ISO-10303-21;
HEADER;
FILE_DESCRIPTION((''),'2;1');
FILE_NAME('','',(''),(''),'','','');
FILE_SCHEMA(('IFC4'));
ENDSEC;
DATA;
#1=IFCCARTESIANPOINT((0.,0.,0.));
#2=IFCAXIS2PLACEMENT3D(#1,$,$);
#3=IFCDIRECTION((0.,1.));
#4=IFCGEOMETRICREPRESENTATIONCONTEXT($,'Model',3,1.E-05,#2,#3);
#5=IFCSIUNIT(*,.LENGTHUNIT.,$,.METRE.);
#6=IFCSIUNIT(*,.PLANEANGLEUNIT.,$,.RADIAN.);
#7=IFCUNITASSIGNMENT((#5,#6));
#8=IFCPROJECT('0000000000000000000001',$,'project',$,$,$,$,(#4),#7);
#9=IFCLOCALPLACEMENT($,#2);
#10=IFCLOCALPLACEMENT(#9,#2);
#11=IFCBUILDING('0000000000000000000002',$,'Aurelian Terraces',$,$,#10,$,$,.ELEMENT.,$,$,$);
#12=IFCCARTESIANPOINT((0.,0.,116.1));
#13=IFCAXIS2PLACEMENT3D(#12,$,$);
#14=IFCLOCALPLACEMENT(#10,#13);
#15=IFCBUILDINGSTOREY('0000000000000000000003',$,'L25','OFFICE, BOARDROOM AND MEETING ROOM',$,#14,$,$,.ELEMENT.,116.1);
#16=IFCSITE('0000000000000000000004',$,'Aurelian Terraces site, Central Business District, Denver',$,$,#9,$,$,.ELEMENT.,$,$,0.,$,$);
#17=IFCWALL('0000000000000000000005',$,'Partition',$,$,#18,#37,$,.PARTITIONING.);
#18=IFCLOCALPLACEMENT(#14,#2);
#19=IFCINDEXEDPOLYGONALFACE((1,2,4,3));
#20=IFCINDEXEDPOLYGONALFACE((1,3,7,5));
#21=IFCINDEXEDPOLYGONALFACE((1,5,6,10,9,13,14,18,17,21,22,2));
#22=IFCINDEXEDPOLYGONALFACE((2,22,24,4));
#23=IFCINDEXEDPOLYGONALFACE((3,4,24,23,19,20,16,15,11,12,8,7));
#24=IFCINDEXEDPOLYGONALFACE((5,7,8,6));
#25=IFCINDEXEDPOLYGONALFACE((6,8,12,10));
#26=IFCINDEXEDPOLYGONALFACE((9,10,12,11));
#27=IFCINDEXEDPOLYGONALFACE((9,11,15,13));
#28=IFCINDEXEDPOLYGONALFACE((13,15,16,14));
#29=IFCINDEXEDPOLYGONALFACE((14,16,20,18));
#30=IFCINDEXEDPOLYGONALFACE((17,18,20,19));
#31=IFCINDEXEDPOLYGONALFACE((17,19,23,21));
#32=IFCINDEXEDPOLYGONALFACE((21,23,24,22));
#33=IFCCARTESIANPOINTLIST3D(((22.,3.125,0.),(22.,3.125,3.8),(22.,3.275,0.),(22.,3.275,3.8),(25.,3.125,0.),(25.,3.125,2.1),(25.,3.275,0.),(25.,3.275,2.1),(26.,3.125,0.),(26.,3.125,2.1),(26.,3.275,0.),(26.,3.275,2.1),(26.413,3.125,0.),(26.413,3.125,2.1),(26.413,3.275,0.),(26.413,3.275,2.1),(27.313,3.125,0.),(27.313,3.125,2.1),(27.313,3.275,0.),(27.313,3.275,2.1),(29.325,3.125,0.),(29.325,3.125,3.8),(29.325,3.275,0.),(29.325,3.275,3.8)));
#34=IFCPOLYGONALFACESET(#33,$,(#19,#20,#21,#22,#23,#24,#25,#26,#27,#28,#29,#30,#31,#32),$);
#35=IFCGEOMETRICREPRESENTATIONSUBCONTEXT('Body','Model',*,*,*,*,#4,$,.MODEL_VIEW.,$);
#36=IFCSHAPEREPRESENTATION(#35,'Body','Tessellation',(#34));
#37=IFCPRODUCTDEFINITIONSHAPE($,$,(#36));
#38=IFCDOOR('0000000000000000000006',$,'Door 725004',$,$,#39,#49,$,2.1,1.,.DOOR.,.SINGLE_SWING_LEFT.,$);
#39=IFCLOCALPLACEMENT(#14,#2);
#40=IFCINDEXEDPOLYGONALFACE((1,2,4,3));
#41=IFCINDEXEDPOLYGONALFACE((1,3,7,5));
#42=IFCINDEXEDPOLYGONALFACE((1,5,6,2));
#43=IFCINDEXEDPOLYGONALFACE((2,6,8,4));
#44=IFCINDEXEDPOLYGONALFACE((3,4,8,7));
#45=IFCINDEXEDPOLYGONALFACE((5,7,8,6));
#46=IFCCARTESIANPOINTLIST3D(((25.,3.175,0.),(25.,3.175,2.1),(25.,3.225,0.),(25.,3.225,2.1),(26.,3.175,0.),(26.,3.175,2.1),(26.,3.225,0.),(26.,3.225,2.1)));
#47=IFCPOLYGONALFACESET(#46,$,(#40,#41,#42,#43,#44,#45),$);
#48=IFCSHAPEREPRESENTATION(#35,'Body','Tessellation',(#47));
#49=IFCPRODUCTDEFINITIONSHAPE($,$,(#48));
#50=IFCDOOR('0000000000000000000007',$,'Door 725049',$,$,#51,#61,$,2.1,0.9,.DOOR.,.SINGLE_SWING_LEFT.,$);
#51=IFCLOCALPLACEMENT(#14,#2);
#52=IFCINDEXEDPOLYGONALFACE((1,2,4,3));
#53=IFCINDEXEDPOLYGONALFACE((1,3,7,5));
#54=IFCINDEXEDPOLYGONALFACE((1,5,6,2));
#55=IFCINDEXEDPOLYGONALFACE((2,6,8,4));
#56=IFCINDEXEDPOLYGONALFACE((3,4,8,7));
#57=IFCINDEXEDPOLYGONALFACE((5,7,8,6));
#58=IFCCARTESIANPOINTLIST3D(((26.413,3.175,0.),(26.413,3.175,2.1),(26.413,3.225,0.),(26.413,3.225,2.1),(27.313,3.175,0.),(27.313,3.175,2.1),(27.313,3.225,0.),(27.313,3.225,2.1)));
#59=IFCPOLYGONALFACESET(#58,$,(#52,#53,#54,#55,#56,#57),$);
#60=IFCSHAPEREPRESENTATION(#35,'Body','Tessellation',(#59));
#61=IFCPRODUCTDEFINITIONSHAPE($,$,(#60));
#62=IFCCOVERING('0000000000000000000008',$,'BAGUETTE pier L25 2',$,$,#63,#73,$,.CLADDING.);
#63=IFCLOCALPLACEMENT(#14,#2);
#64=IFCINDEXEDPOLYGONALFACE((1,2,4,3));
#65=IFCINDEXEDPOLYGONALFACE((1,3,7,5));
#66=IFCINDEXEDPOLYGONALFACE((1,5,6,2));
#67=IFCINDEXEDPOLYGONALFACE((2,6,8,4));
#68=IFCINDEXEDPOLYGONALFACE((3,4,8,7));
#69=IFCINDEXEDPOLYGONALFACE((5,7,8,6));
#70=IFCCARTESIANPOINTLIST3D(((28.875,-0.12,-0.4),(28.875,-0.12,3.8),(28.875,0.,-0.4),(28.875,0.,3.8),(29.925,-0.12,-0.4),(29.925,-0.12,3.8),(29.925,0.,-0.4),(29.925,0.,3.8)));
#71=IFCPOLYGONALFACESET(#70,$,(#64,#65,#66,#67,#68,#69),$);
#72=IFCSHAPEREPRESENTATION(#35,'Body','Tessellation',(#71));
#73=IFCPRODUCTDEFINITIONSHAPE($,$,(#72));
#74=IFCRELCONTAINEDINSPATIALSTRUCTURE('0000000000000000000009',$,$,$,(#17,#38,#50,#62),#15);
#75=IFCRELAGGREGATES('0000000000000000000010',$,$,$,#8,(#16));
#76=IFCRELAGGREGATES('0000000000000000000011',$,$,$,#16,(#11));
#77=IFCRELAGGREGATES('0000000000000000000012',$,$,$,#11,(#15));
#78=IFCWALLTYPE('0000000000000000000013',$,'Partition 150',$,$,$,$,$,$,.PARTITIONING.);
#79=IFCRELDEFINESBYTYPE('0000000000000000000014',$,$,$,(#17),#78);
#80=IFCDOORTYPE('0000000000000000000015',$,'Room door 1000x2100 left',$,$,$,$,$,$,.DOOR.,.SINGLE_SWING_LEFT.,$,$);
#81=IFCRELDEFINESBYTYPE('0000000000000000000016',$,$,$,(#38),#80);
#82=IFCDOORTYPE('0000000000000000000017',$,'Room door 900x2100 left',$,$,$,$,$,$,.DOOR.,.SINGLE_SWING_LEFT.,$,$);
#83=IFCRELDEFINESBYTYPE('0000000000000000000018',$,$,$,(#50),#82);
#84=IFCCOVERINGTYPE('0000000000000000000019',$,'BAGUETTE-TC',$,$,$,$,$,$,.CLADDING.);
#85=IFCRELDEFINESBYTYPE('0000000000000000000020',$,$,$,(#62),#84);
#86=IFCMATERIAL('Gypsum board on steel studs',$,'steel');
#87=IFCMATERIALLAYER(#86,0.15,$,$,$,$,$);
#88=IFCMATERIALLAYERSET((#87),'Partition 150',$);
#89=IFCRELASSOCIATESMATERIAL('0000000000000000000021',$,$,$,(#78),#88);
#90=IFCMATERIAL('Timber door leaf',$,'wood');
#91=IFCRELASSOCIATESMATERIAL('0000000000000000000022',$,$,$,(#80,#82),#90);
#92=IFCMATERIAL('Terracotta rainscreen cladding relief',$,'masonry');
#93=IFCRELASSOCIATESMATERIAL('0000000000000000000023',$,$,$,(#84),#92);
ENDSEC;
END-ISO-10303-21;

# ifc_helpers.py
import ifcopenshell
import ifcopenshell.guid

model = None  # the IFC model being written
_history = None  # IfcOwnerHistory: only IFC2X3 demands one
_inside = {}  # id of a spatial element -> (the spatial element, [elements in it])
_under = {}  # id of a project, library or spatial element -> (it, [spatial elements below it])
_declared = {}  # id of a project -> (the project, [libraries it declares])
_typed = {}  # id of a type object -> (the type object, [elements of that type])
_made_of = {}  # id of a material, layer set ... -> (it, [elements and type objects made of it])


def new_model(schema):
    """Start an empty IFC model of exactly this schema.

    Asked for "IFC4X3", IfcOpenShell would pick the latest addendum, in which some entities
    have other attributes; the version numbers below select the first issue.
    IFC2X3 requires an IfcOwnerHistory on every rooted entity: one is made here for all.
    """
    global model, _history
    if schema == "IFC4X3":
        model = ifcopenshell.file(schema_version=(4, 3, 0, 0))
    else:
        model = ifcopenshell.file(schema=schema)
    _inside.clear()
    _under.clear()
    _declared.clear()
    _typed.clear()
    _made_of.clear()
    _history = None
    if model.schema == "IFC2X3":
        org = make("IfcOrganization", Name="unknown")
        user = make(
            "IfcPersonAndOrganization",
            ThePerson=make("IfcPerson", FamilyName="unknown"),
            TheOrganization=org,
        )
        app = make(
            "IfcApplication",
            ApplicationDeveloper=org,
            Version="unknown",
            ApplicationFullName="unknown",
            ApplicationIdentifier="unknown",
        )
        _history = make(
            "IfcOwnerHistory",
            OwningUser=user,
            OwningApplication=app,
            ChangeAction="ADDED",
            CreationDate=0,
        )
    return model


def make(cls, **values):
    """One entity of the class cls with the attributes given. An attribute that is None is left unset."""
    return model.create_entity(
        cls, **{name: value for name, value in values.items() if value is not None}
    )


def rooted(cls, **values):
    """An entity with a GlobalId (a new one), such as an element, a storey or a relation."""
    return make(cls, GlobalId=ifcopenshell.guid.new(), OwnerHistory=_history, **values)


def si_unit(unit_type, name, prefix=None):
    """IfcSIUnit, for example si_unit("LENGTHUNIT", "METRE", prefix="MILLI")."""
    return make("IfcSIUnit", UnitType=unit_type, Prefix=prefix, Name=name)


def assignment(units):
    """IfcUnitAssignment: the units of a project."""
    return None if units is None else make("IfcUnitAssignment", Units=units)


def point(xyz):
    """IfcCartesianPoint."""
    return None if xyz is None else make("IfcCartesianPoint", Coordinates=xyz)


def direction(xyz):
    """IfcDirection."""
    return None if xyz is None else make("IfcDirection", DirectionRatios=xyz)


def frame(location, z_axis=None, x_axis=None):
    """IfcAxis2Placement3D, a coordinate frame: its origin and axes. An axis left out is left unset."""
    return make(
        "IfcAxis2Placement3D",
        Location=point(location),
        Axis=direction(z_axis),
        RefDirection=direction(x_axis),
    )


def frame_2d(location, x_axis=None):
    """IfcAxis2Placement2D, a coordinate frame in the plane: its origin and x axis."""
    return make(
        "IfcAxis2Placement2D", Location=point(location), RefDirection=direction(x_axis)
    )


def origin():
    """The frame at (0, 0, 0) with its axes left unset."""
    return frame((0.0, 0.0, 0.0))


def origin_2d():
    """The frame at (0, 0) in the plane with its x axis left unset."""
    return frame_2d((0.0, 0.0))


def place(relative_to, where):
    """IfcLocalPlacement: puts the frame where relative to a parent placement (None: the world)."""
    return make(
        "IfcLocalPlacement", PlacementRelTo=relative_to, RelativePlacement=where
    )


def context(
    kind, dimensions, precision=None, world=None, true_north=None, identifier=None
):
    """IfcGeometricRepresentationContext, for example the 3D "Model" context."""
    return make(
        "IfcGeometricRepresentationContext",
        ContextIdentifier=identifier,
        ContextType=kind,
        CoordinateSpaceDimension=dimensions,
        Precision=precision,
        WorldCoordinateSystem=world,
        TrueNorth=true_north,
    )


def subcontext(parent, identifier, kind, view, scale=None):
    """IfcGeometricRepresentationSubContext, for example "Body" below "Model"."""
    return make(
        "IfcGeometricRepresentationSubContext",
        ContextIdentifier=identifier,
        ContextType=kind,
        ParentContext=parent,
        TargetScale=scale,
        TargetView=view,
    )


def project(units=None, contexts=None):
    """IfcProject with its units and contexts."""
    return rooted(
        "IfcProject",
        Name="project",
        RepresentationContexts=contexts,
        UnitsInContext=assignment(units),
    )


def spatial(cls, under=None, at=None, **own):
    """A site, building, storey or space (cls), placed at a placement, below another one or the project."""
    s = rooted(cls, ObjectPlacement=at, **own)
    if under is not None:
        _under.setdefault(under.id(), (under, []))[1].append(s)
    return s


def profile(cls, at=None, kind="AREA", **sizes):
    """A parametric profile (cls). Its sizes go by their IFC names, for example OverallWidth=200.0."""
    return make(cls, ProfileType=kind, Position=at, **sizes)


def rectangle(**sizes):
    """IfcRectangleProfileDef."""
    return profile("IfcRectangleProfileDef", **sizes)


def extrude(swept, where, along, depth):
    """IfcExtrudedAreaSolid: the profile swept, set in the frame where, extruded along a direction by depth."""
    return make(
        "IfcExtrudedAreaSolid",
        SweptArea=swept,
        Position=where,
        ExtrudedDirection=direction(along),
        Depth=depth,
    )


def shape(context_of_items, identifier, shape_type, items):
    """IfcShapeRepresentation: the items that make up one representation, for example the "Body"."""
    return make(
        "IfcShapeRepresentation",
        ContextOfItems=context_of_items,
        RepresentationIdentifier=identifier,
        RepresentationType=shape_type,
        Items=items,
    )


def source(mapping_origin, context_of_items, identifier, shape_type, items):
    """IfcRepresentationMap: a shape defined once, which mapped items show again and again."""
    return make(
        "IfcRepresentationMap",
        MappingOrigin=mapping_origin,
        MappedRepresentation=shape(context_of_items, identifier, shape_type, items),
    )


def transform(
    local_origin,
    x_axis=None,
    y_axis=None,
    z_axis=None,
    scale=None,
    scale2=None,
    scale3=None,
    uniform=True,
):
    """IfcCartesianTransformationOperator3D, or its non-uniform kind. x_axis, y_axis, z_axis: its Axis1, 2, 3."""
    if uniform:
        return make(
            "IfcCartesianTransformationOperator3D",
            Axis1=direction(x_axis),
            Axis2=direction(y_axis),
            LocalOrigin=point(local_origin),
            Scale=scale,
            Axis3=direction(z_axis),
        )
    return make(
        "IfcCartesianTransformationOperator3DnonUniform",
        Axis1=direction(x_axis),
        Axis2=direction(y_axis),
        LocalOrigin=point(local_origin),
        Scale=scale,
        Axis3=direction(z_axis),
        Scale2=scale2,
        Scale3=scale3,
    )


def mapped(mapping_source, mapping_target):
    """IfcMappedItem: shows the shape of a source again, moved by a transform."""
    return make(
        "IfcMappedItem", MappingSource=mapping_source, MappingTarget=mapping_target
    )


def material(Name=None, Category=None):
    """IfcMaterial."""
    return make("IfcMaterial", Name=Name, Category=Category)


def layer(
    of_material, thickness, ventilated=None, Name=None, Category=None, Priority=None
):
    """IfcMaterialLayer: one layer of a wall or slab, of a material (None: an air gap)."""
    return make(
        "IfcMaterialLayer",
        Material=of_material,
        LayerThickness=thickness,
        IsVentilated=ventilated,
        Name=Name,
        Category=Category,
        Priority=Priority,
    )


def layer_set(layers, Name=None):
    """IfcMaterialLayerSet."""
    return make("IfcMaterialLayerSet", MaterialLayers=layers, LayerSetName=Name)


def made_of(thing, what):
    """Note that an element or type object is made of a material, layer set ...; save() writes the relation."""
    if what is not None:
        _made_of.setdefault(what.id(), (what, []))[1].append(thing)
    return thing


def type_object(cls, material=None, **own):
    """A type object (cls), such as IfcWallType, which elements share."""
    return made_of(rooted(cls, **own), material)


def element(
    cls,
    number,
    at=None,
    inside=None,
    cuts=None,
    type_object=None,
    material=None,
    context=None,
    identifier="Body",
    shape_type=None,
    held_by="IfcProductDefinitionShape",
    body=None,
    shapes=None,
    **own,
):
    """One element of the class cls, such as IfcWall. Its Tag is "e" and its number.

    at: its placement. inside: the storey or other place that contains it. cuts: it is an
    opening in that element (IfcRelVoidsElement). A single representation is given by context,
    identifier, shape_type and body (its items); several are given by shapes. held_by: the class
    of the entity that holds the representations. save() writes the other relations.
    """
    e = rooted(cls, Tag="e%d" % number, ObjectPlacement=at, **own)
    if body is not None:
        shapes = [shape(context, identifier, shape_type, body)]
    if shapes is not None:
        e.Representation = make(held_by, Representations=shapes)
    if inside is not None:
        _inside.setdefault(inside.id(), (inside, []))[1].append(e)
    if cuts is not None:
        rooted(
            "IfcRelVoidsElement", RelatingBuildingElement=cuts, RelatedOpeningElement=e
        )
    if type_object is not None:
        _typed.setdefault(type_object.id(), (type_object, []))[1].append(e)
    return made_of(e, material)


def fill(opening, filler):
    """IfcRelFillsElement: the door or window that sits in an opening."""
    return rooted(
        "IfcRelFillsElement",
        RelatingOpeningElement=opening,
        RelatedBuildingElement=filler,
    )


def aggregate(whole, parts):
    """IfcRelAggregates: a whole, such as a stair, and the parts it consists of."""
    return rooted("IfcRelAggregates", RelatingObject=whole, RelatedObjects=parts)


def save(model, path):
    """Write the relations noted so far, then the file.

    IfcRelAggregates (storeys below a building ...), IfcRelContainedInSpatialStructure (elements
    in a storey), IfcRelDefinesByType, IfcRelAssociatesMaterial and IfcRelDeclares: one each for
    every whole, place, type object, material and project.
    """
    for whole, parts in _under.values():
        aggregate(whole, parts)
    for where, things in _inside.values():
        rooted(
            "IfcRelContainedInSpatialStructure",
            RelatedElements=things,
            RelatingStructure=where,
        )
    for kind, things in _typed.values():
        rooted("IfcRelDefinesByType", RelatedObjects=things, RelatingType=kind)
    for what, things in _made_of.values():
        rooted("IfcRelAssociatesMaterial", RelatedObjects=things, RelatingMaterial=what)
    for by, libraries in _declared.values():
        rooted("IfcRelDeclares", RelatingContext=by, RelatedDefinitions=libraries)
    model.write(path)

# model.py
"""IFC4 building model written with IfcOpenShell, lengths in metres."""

from ifc_helpers import new_model, si_unit, direction, frame, frame_2d, origin, origin_2d, place, context, subcontext, project, spatial, rectangle, extrude, source, transform, mapped, material, layer, layer_set, type_object, element, fill, save


model = new_model("IFC4")

# Units and contexts
model_context = context("Model", 3, precision=1e-05, world=origin(), true_north=direction((0.0, 1.0)))
body_context = subcontext(model_context, "Body", "Model", "MODEL_VIEW")
ifc_project = project(units=[si_unit("LENGTHUNIT", "METRE"), si_unit("PLANEANGLEUNIT", "RADIAN")], contexts=[model_context])

# Site, building, storey
site_placement = place(None, origin())
site = spatial("IfcSite", under=ifc_project, at=site_placement, Name="Aurelian Terraces site, Central Business District, Denver", CompositionType="ELEMENT", RefElevation=0.0)
building_placement = place(site_placement, origin())
building = spatial("IfcBuilding", under=site, at=building_placement, Name="Aurelian Terraces", CompositionType="ELEMENT")
storey_placement = place(building_placement, frame((0.0, 0.0, 116.1)))
storey = spatial("IfcBuildingStorey", under=building, at=storey_placement, Name="L25", Description="OFFICE, BOARDROOM AND MEETING ROOM", CompositionType="ELEMENT", Elevation=116.1)

# Shared definitions
ifc_material_1 = material(Name="Gypsum board on steel studs", Category="steel")
ifc_layer_1 = layer(ifc_material_1, 0.15)
ifc_layer_set_1 = layer_set([ifc_layer_1], Name="Partition 150")
wall_type_1 = type_object("IfcWallType", Name="Partition 150", PredefinedType="PARTITIONING", material=ifc_layer_set_1)

# Shared definitions
ifc_material_2 = material(Name="Timber door leaf", Category="wood")
door_type_1 = type_object("IfcDoorType", Name="Room door 1000x2100 left", OperationType="SINGLE_SWING_LEFT", PredefinedType="DOOR", material=ifc_material_2)
shared_shape_1 = source(origin(), body_context, "Body", "SweptSolid", [
    extrude(rectangle(XDim=1.0, YDim=2.1, at=frame_2d((0.5, 1.05))), frame((0.0, 0.025, 0.0), z_axis=(0.0, -1.0, 0.0), x_axis=(1.0, 0.0, 0.0)), (0.0, 0.0, 1.0), 0.05),
])

# Wall, openings, doors
shared_shape_2 = source(origin(), body_context, "Body", "SweptSolid", [
    extrude(rectangle(XDim=7.325, YDim=0.15, at=frame_2d((3.6625, 0.0))), origin(), (0.0, 0.0, 1.0), 3.8),
])
wall_1_placement = place(storey_placement, frame((22.0, 3.2, 0.0), z_axis=(0.0, 0.0, 1.0), x_axis=(1.0, 0.0, 0.0)))
wall_1 = element("IfcWall", 1, at=wall_1_placement, inside=storey, type_object=wall_type_1, Name="Partition", PredefinedType="PARTITIONING", context=body_context, shape_type="MappedRepresentation", body=[
    mapped(shared_shape_2, transform((0.0, 0.0, 0.0), scale=1.0)),
])
shared_shape_3 = source(origin(), body_context, "Body", "SweptSolid", [
    extrude(rectangle(XDim=1.0, YDim=2.1, at=frame_2d((0.5, 1.05))), frame((0.0, 0.085, 0.0), z_axis=(0.0, -1.0, 0.0), x_axis=(1.0, 0.0, 0.0)), (0.0, 0.0, 1.0), 0.17),
])
opening_1_placement = place(wall_1_placement, frame((3.0, 0.0, 0.0)))
opening_1 = element("IfcOpeningElement", 2, at=opening_1_placement, cuts=wall_1, PredefinedType="OPENING", context=body_context, shape_type="MappedRepresentation", body=[
    mapped(shared_shape_3, transform((0.0, 0.0, 0.0), scale=1.0)),
])
shared_shape_4 = source(origin(), body_context, "Body", "SweptSolid", [
    extrude(rectangle(XDim=0.9, YDim=2.1, at=frame_2d((0.45, 1.05))), frame((0.0, 0.085, 0.0), z_axis=(0.0, -1.0, 0.0), x_axis=(1.0, 0.0, 0.0)), (0.0, 0.0, 1.0), 0.17),
])
opening_2_placement = place(wall_1_placement, frame((4.413, 0.0, 0.0)))
opening_2 = element("IfcOpeningElement", 3, at=opening_2_placement, cuts=wall_1, PredefinedType="OPENING", context=body_context, shape_type="MappedRepresentation", body=[
    mapped(shared_shape_4, transform((0.0, 0.0, 0.0), scale=1.0)),
])
door_1_placement = place(opening_1_placement, origin())
door_1 = element("IfcDoor", 4, at=door_1_placement, inside=storey, type_object=door_type_1, Name="Door 725004", OperationType="SINGLE_SWING_LEFT", OverallHeight=2.1, OverallWidth=1.0, PredefinedType="DOOR", context=body_context, shape_type="MappedRepresentation", body=[
    mapped(shared_shape_1, transform((0.0, 0.0, 0.0), scale=1.0)),
])
fill(opening_1, door_1)
door_type_2 = type_object("IfcDoorType", Name="Room door 900x2100 left", OperationType="SINGLE_SWING_LEFT", PredefinedType="DOOR", material=ifc_material_2)
shared_shape_5 = source(origin(), body_context, "Body", "SweptSolid", [
    extrude(rectangle(XDim=0.9, YDim=2.1, at=frame_2d((0.45, 1.05))), frame((0.0, 0.025, 0.0), z_axis=(0.0, -1.0, 0.0), x_axis=(1.0, 0.0, 0.0)), (0.0, 0.0, 1.0), 0.05),
])
door_2_placement = place(opening_2_placement, origin())
door_2 = element("IfcDoor", 5, at=door_2_placement, inside=storey, type_object=door_type_2, Name="Door 725049", OperationType="SINGLE_SWING_LEFT", OverallHeight=2.1, OverallWidth=0.9, PredefinedType="DOOR", context=body_context, shape_type="MappedRepresentation", body=[
    mapped(shared_shape_5, transform((0.0, 0.0, 0.0), scale=1.0)),
])
fill(opening_2, door_2)

# Covering
ifc_material_3 = material(Name="Terracotta rainscreen cladding relief", Category="masonry")
covering_type = type_object("IfcCoveringType", Name="BAGUETTE-TC", PredefinedType="CLADDING", material=ifc_material_3)
shared_shape_6 = source(origin(), body_context, "Body", "SweptSolid", [
    extrude(rectangle(XDim=1.05, YDim=0.12, at=origin_2d()), origin(), (0.0, 0.0, 1.0), 4.2),
])
covering_placement = place(storey_placement, frame((29.4, -0.06, -0.4), z_axis=(0.0, 0.0, 1.0), x_axis=(1.0, 0.0, 0.0)))
element("IfcCovering", 6, at=covering_placement, inside=storey, type_object=covering_type, Name="BAGUETTE pier L25 2", PredefinedType="CLADDING", context=body_context, shape_type="MappedRepresentation", body=[
    mapped(shared_shape_6, transform((0.0, 0.0, 0.0), scale=1.0)),
])

save(model, "model.ifc")
